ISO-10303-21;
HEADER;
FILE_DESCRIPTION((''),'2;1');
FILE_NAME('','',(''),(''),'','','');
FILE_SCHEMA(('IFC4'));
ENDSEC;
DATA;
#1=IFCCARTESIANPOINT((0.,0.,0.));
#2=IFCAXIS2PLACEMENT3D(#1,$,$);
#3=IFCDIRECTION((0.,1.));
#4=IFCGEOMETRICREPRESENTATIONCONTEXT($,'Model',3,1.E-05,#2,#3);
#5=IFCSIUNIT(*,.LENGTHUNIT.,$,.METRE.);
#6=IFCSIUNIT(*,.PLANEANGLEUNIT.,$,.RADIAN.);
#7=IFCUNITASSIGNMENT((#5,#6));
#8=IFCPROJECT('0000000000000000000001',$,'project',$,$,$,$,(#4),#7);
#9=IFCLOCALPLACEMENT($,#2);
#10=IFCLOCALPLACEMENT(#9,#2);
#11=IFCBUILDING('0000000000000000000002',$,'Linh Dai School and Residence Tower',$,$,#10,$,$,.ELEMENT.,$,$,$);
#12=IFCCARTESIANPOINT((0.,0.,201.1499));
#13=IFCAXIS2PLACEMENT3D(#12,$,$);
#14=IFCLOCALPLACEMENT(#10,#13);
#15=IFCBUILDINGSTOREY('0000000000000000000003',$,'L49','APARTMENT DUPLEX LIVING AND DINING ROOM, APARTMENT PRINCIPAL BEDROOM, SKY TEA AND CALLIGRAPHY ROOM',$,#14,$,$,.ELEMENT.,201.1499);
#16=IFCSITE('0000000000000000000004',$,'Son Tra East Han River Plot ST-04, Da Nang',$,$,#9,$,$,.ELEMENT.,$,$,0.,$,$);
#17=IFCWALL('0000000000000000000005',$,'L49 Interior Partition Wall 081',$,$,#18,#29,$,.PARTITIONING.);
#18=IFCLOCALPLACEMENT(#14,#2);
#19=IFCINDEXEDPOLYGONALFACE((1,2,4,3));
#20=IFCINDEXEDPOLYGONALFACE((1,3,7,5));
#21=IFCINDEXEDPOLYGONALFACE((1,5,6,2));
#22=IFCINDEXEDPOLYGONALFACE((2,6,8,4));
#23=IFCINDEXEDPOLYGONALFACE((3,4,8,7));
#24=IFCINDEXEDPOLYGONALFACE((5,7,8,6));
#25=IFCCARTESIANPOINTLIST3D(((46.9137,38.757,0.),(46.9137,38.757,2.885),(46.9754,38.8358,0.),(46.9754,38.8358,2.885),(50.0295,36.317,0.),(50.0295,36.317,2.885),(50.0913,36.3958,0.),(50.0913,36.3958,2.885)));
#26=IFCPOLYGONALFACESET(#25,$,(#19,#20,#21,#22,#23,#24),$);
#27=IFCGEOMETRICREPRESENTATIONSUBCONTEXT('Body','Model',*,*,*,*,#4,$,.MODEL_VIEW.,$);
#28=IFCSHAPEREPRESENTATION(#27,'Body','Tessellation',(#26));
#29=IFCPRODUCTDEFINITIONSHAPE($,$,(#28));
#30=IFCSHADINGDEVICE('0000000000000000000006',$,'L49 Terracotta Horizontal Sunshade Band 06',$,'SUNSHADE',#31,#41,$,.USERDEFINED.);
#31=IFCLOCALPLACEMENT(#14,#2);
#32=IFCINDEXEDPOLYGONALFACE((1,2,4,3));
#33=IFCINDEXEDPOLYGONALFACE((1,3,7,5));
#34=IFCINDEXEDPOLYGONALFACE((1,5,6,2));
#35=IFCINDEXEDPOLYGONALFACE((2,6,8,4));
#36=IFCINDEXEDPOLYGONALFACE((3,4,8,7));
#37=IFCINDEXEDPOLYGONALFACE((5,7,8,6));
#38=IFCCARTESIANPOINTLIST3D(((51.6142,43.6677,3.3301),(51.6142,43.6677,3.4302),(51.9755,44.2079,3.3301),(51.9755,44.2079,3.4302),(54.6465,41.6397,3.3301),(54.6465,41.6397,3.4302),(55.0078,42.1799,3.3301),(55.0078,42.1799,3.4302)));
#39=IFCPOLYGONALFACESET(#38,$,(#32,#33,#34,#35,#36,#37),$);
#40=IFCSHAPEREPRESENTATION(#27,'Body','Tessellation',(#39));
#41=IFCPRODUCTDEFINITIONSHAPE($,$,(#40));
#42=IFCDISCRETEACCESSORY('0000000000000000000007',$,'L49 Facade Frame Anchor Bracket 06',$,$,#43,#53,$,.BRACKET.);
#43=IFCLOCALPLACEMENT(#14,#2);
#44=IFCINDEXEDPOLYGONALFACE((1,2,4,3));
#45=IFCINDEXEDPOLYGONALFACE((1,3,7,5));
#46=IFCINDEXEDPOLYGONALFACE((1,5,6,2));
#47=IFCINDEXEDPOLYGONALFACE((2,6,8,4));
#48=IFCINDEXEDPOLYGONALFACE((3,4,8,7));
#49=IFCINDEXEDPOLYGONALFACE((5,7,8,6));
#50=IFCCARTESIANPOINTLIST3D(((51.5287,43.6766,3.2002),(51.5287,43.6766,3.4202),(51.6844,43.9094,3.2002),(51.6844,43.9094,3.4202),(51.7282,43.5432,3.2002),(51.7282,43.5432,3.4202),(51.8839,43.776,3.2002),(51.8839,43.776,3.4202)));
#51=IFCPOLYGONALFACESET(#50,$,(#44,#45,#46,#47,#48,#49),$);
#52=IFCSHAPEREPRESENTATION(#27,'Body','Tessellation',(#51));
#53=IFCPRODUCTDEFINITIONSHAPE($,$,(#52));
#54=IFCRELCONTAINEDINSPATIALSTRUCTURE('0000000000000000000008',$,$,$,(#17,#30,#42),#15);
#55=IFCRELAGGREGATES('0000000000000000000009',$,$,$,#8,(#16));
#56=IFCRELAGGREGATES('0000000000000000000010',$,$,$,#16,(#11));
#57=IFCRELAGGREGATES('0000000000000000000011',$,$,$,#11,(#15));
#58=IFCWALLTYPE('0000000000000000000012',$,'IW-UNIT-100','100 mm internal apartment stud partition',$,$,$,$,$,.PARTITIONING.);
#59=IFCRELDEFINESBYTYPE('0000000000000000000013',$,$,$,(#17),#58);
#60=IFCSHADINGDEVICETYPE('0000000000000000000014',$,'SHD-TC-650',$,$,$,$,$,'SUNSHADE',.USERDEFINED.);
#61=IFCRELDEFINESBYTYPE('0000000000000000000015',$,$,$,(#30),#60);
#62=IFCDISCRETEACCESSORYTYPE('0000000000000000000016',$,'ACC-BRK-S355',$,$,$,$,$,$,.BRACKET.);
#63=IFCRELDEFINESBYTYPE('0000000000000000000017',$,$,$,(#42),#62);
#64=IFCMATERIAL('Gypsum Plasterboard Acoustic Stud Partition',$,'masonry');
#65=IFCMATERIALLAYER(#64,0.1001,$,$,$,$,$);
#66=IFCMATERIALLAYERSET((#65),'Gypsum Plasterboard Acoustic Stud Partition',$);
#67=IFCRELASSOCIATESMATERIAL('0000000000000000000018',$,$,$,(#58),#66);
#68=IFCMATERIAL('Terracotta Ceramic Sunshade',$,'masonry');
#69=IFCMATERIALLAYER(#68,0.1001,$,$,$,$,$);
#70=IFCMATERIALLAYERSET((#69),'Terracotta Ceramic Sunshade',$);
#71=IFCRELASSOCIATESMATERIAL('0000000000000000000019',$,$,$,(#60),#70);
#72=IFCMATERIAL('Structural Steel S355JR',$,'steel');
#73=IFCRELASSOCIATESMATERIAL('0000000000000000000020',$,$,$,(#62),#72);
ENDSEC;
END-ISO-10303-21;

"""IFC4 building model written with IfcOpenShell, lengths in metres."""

from ifc_helpers import new_model, si_unit, direction, frame, frame_2d, origin, origin_2d, place, context, subcontext, project, spatial, rectangle, extrude, source, transform, mapped, material, layer, layer_set, type_object, element, save


model = new_model("IFC4")

# Units and contexts
model_context = context("Model", 3, precision=1e-05, world=origin(), true_north=direction((0.0, 1.0)))
body_context = subcontext(model_context, "Body", "Model", "MODEL_VIEW")
ifc_project = project(units=[si_unit("LENGTHUNIT", "METRE"), si_unit("PLANEANGLEUNIT", "RADIAN")], contexts=[model_context])

# Site, building, storey
site_placement = place(None, origin())
site = spatial("IfcSite", under=ifc_project, at=site_placement, Name="Son Tra East Han River Plot ST-04, Da Nang", CompositionType="ELEMENT", RefElevation=0.0)
building_placement = place(site_placement, origin())
building = spatial("IfcBuilding", under=site, at=building_placement, Name="Linh Dai School and Residence Tower", CompositionType="ELEMENT")
storey_placement = place(building_placement, frame((0.0, 0.0, 201.1499)))
storey = spatial("IfcBuildingStorey", under=building, at=storey_placement, Name="L49", Description="APARTMENT DUPLEX LIVING AND DINING ROOM, APARTMENT PRINCIPAL BEDROOM, SKY TEA AND CALLIGRAPHY ROOM", CompositionType="ELEMENT", Elevation=201.1499)

# Shared definitions
ifc_material_1 = material(Name="Structural Steel S355JR", Category="steel")

# Wall
ifc_material_2 = material(Name="Gypsum Plasterboard Acoustic Stud Partition", Category="masonry")
ifc_layer_1 = layer(ifc_material_2, 0.1001)
ifc_layer_set_1 = layer_set([ifc_layer_1], Name="Gypsum Plasterboard Acoustic Stud Partition")
wall_type_1 = type_object("IfcWallType", Name="IW-UNIT-100", Description="100 mm internal apartment stud partition", PredefinedType="PARTITIONING", material=ifc_layer_set_1)
wall_1_placement = place(storey_placement, frame((46.9446, 38.7964, 0.0), z_axis=(0.0, 0.0, 1.0), x_axis=(0.787315, -0.616551, 0.0)))
element("IfcWall", 1, at=wall_1_placement, inside=storey, type_object=wall_type_1, Name="L49 Interior Partition Wall 081", PredefinedType="PARTITIONING", context=body_context, shape_type="SweptSolid", body=[
    extrude(rectangle(XDim=3.9575, YDim=0.1001, at=frame_2d((1.9788, 0.0))), origin(), (0.0, 0.0, 1.0), 2.885),
])

# Shading device
ifc_material_3 = material(Name="Terracotta Ceramic Sunshade", Category="masonry")
ifc_layer_2 = layer(ifc_material_3, 0.1001)
ifc_layer_set_2 = layer_set([ifc_layer_2], Name="Terracotta Ceramic Sunshade")
shading_device_type = type_object("IfcShadingDeviceType", Name="SHD-TC-650", ElementType="SUNSHADE", PredefinedType="USERDEFINED", material=ifc_layer_set_2)
shared_shape_1 = source(origin(), body_context, "Body", "SweptSolid", [
    extrude(rectangle(XDim=3.6479, YDim=0.6499, at=origin_2d()), origin(), (0.0, 0.0, 1.0), 0.1001),
])
shading_device_placement = place(storey_placement, frame((53.311, 42.9238, 3.3301), z_axis=(0.0, 0.0, 1.0), x_axis=(0.831228, -0.555931, 0.0)))
element("IfcShadingDevice", 2, at=shading_device_placement, inside=storey, type_object=shading_device_type, Name="L49 Terracotta Horizontal Sunshade Band 06", ObjectType="SUNSHADE", PredefinedType="USERDEFINED", context=body_context, shape_type="MappedRepresentation", body=[
    mapped(shared_shape_1, transform((0.0, 0.0, 0.0), x_axis=(1.0, 0.0, 0.0), y_axis=(0.0, 1.0, 0.0), z_axis=(0.0, 0.0, 1.0), scale=1.0)),
])

# Discrete accessory
discrete_accessory_type = type_object("IfcDiscreteAccessoryType", Name="ACC-BRK-S355", PredefinedType="BRACKET", material=ifc_material_1)
shared_shape_2 = source(origin(), body_context, "Body", "SweptSolid", [
    extrude(rectangle(XDim=0.28, YDim=0.24, at=origin_2d()), origin(), (0.0, 0.0, 1.0), 0.22),
])
discrete_accessory_placement = place(storey_placement, frame((51.7063, 43.7263, 3.2002), z_axis=(0.0, 0.0, 1.0), x_axis=(0.555931, 0.831228, 0.0)))
element("IfcDiscreteAccessory", 3, at=discrete_accessory_placement, inside=storey, type_object=discrete_accessory_type, Name="L49 Facade Frame Anchor Bracket 06", PredefinedType="BRACKET", context=body_context, shape_type="MappedRepresentation", body=[
    mapped(shared_shape_2, transform((0.0, 0.0, 0.0), x_axis=(1.0, 0.0, 0.0), y_axis=(0.0, 1.0, 0.0), z_axis=(0.0, 0.0, 1.0), scale=1.0)),
])

save(model, "model.ifc")
